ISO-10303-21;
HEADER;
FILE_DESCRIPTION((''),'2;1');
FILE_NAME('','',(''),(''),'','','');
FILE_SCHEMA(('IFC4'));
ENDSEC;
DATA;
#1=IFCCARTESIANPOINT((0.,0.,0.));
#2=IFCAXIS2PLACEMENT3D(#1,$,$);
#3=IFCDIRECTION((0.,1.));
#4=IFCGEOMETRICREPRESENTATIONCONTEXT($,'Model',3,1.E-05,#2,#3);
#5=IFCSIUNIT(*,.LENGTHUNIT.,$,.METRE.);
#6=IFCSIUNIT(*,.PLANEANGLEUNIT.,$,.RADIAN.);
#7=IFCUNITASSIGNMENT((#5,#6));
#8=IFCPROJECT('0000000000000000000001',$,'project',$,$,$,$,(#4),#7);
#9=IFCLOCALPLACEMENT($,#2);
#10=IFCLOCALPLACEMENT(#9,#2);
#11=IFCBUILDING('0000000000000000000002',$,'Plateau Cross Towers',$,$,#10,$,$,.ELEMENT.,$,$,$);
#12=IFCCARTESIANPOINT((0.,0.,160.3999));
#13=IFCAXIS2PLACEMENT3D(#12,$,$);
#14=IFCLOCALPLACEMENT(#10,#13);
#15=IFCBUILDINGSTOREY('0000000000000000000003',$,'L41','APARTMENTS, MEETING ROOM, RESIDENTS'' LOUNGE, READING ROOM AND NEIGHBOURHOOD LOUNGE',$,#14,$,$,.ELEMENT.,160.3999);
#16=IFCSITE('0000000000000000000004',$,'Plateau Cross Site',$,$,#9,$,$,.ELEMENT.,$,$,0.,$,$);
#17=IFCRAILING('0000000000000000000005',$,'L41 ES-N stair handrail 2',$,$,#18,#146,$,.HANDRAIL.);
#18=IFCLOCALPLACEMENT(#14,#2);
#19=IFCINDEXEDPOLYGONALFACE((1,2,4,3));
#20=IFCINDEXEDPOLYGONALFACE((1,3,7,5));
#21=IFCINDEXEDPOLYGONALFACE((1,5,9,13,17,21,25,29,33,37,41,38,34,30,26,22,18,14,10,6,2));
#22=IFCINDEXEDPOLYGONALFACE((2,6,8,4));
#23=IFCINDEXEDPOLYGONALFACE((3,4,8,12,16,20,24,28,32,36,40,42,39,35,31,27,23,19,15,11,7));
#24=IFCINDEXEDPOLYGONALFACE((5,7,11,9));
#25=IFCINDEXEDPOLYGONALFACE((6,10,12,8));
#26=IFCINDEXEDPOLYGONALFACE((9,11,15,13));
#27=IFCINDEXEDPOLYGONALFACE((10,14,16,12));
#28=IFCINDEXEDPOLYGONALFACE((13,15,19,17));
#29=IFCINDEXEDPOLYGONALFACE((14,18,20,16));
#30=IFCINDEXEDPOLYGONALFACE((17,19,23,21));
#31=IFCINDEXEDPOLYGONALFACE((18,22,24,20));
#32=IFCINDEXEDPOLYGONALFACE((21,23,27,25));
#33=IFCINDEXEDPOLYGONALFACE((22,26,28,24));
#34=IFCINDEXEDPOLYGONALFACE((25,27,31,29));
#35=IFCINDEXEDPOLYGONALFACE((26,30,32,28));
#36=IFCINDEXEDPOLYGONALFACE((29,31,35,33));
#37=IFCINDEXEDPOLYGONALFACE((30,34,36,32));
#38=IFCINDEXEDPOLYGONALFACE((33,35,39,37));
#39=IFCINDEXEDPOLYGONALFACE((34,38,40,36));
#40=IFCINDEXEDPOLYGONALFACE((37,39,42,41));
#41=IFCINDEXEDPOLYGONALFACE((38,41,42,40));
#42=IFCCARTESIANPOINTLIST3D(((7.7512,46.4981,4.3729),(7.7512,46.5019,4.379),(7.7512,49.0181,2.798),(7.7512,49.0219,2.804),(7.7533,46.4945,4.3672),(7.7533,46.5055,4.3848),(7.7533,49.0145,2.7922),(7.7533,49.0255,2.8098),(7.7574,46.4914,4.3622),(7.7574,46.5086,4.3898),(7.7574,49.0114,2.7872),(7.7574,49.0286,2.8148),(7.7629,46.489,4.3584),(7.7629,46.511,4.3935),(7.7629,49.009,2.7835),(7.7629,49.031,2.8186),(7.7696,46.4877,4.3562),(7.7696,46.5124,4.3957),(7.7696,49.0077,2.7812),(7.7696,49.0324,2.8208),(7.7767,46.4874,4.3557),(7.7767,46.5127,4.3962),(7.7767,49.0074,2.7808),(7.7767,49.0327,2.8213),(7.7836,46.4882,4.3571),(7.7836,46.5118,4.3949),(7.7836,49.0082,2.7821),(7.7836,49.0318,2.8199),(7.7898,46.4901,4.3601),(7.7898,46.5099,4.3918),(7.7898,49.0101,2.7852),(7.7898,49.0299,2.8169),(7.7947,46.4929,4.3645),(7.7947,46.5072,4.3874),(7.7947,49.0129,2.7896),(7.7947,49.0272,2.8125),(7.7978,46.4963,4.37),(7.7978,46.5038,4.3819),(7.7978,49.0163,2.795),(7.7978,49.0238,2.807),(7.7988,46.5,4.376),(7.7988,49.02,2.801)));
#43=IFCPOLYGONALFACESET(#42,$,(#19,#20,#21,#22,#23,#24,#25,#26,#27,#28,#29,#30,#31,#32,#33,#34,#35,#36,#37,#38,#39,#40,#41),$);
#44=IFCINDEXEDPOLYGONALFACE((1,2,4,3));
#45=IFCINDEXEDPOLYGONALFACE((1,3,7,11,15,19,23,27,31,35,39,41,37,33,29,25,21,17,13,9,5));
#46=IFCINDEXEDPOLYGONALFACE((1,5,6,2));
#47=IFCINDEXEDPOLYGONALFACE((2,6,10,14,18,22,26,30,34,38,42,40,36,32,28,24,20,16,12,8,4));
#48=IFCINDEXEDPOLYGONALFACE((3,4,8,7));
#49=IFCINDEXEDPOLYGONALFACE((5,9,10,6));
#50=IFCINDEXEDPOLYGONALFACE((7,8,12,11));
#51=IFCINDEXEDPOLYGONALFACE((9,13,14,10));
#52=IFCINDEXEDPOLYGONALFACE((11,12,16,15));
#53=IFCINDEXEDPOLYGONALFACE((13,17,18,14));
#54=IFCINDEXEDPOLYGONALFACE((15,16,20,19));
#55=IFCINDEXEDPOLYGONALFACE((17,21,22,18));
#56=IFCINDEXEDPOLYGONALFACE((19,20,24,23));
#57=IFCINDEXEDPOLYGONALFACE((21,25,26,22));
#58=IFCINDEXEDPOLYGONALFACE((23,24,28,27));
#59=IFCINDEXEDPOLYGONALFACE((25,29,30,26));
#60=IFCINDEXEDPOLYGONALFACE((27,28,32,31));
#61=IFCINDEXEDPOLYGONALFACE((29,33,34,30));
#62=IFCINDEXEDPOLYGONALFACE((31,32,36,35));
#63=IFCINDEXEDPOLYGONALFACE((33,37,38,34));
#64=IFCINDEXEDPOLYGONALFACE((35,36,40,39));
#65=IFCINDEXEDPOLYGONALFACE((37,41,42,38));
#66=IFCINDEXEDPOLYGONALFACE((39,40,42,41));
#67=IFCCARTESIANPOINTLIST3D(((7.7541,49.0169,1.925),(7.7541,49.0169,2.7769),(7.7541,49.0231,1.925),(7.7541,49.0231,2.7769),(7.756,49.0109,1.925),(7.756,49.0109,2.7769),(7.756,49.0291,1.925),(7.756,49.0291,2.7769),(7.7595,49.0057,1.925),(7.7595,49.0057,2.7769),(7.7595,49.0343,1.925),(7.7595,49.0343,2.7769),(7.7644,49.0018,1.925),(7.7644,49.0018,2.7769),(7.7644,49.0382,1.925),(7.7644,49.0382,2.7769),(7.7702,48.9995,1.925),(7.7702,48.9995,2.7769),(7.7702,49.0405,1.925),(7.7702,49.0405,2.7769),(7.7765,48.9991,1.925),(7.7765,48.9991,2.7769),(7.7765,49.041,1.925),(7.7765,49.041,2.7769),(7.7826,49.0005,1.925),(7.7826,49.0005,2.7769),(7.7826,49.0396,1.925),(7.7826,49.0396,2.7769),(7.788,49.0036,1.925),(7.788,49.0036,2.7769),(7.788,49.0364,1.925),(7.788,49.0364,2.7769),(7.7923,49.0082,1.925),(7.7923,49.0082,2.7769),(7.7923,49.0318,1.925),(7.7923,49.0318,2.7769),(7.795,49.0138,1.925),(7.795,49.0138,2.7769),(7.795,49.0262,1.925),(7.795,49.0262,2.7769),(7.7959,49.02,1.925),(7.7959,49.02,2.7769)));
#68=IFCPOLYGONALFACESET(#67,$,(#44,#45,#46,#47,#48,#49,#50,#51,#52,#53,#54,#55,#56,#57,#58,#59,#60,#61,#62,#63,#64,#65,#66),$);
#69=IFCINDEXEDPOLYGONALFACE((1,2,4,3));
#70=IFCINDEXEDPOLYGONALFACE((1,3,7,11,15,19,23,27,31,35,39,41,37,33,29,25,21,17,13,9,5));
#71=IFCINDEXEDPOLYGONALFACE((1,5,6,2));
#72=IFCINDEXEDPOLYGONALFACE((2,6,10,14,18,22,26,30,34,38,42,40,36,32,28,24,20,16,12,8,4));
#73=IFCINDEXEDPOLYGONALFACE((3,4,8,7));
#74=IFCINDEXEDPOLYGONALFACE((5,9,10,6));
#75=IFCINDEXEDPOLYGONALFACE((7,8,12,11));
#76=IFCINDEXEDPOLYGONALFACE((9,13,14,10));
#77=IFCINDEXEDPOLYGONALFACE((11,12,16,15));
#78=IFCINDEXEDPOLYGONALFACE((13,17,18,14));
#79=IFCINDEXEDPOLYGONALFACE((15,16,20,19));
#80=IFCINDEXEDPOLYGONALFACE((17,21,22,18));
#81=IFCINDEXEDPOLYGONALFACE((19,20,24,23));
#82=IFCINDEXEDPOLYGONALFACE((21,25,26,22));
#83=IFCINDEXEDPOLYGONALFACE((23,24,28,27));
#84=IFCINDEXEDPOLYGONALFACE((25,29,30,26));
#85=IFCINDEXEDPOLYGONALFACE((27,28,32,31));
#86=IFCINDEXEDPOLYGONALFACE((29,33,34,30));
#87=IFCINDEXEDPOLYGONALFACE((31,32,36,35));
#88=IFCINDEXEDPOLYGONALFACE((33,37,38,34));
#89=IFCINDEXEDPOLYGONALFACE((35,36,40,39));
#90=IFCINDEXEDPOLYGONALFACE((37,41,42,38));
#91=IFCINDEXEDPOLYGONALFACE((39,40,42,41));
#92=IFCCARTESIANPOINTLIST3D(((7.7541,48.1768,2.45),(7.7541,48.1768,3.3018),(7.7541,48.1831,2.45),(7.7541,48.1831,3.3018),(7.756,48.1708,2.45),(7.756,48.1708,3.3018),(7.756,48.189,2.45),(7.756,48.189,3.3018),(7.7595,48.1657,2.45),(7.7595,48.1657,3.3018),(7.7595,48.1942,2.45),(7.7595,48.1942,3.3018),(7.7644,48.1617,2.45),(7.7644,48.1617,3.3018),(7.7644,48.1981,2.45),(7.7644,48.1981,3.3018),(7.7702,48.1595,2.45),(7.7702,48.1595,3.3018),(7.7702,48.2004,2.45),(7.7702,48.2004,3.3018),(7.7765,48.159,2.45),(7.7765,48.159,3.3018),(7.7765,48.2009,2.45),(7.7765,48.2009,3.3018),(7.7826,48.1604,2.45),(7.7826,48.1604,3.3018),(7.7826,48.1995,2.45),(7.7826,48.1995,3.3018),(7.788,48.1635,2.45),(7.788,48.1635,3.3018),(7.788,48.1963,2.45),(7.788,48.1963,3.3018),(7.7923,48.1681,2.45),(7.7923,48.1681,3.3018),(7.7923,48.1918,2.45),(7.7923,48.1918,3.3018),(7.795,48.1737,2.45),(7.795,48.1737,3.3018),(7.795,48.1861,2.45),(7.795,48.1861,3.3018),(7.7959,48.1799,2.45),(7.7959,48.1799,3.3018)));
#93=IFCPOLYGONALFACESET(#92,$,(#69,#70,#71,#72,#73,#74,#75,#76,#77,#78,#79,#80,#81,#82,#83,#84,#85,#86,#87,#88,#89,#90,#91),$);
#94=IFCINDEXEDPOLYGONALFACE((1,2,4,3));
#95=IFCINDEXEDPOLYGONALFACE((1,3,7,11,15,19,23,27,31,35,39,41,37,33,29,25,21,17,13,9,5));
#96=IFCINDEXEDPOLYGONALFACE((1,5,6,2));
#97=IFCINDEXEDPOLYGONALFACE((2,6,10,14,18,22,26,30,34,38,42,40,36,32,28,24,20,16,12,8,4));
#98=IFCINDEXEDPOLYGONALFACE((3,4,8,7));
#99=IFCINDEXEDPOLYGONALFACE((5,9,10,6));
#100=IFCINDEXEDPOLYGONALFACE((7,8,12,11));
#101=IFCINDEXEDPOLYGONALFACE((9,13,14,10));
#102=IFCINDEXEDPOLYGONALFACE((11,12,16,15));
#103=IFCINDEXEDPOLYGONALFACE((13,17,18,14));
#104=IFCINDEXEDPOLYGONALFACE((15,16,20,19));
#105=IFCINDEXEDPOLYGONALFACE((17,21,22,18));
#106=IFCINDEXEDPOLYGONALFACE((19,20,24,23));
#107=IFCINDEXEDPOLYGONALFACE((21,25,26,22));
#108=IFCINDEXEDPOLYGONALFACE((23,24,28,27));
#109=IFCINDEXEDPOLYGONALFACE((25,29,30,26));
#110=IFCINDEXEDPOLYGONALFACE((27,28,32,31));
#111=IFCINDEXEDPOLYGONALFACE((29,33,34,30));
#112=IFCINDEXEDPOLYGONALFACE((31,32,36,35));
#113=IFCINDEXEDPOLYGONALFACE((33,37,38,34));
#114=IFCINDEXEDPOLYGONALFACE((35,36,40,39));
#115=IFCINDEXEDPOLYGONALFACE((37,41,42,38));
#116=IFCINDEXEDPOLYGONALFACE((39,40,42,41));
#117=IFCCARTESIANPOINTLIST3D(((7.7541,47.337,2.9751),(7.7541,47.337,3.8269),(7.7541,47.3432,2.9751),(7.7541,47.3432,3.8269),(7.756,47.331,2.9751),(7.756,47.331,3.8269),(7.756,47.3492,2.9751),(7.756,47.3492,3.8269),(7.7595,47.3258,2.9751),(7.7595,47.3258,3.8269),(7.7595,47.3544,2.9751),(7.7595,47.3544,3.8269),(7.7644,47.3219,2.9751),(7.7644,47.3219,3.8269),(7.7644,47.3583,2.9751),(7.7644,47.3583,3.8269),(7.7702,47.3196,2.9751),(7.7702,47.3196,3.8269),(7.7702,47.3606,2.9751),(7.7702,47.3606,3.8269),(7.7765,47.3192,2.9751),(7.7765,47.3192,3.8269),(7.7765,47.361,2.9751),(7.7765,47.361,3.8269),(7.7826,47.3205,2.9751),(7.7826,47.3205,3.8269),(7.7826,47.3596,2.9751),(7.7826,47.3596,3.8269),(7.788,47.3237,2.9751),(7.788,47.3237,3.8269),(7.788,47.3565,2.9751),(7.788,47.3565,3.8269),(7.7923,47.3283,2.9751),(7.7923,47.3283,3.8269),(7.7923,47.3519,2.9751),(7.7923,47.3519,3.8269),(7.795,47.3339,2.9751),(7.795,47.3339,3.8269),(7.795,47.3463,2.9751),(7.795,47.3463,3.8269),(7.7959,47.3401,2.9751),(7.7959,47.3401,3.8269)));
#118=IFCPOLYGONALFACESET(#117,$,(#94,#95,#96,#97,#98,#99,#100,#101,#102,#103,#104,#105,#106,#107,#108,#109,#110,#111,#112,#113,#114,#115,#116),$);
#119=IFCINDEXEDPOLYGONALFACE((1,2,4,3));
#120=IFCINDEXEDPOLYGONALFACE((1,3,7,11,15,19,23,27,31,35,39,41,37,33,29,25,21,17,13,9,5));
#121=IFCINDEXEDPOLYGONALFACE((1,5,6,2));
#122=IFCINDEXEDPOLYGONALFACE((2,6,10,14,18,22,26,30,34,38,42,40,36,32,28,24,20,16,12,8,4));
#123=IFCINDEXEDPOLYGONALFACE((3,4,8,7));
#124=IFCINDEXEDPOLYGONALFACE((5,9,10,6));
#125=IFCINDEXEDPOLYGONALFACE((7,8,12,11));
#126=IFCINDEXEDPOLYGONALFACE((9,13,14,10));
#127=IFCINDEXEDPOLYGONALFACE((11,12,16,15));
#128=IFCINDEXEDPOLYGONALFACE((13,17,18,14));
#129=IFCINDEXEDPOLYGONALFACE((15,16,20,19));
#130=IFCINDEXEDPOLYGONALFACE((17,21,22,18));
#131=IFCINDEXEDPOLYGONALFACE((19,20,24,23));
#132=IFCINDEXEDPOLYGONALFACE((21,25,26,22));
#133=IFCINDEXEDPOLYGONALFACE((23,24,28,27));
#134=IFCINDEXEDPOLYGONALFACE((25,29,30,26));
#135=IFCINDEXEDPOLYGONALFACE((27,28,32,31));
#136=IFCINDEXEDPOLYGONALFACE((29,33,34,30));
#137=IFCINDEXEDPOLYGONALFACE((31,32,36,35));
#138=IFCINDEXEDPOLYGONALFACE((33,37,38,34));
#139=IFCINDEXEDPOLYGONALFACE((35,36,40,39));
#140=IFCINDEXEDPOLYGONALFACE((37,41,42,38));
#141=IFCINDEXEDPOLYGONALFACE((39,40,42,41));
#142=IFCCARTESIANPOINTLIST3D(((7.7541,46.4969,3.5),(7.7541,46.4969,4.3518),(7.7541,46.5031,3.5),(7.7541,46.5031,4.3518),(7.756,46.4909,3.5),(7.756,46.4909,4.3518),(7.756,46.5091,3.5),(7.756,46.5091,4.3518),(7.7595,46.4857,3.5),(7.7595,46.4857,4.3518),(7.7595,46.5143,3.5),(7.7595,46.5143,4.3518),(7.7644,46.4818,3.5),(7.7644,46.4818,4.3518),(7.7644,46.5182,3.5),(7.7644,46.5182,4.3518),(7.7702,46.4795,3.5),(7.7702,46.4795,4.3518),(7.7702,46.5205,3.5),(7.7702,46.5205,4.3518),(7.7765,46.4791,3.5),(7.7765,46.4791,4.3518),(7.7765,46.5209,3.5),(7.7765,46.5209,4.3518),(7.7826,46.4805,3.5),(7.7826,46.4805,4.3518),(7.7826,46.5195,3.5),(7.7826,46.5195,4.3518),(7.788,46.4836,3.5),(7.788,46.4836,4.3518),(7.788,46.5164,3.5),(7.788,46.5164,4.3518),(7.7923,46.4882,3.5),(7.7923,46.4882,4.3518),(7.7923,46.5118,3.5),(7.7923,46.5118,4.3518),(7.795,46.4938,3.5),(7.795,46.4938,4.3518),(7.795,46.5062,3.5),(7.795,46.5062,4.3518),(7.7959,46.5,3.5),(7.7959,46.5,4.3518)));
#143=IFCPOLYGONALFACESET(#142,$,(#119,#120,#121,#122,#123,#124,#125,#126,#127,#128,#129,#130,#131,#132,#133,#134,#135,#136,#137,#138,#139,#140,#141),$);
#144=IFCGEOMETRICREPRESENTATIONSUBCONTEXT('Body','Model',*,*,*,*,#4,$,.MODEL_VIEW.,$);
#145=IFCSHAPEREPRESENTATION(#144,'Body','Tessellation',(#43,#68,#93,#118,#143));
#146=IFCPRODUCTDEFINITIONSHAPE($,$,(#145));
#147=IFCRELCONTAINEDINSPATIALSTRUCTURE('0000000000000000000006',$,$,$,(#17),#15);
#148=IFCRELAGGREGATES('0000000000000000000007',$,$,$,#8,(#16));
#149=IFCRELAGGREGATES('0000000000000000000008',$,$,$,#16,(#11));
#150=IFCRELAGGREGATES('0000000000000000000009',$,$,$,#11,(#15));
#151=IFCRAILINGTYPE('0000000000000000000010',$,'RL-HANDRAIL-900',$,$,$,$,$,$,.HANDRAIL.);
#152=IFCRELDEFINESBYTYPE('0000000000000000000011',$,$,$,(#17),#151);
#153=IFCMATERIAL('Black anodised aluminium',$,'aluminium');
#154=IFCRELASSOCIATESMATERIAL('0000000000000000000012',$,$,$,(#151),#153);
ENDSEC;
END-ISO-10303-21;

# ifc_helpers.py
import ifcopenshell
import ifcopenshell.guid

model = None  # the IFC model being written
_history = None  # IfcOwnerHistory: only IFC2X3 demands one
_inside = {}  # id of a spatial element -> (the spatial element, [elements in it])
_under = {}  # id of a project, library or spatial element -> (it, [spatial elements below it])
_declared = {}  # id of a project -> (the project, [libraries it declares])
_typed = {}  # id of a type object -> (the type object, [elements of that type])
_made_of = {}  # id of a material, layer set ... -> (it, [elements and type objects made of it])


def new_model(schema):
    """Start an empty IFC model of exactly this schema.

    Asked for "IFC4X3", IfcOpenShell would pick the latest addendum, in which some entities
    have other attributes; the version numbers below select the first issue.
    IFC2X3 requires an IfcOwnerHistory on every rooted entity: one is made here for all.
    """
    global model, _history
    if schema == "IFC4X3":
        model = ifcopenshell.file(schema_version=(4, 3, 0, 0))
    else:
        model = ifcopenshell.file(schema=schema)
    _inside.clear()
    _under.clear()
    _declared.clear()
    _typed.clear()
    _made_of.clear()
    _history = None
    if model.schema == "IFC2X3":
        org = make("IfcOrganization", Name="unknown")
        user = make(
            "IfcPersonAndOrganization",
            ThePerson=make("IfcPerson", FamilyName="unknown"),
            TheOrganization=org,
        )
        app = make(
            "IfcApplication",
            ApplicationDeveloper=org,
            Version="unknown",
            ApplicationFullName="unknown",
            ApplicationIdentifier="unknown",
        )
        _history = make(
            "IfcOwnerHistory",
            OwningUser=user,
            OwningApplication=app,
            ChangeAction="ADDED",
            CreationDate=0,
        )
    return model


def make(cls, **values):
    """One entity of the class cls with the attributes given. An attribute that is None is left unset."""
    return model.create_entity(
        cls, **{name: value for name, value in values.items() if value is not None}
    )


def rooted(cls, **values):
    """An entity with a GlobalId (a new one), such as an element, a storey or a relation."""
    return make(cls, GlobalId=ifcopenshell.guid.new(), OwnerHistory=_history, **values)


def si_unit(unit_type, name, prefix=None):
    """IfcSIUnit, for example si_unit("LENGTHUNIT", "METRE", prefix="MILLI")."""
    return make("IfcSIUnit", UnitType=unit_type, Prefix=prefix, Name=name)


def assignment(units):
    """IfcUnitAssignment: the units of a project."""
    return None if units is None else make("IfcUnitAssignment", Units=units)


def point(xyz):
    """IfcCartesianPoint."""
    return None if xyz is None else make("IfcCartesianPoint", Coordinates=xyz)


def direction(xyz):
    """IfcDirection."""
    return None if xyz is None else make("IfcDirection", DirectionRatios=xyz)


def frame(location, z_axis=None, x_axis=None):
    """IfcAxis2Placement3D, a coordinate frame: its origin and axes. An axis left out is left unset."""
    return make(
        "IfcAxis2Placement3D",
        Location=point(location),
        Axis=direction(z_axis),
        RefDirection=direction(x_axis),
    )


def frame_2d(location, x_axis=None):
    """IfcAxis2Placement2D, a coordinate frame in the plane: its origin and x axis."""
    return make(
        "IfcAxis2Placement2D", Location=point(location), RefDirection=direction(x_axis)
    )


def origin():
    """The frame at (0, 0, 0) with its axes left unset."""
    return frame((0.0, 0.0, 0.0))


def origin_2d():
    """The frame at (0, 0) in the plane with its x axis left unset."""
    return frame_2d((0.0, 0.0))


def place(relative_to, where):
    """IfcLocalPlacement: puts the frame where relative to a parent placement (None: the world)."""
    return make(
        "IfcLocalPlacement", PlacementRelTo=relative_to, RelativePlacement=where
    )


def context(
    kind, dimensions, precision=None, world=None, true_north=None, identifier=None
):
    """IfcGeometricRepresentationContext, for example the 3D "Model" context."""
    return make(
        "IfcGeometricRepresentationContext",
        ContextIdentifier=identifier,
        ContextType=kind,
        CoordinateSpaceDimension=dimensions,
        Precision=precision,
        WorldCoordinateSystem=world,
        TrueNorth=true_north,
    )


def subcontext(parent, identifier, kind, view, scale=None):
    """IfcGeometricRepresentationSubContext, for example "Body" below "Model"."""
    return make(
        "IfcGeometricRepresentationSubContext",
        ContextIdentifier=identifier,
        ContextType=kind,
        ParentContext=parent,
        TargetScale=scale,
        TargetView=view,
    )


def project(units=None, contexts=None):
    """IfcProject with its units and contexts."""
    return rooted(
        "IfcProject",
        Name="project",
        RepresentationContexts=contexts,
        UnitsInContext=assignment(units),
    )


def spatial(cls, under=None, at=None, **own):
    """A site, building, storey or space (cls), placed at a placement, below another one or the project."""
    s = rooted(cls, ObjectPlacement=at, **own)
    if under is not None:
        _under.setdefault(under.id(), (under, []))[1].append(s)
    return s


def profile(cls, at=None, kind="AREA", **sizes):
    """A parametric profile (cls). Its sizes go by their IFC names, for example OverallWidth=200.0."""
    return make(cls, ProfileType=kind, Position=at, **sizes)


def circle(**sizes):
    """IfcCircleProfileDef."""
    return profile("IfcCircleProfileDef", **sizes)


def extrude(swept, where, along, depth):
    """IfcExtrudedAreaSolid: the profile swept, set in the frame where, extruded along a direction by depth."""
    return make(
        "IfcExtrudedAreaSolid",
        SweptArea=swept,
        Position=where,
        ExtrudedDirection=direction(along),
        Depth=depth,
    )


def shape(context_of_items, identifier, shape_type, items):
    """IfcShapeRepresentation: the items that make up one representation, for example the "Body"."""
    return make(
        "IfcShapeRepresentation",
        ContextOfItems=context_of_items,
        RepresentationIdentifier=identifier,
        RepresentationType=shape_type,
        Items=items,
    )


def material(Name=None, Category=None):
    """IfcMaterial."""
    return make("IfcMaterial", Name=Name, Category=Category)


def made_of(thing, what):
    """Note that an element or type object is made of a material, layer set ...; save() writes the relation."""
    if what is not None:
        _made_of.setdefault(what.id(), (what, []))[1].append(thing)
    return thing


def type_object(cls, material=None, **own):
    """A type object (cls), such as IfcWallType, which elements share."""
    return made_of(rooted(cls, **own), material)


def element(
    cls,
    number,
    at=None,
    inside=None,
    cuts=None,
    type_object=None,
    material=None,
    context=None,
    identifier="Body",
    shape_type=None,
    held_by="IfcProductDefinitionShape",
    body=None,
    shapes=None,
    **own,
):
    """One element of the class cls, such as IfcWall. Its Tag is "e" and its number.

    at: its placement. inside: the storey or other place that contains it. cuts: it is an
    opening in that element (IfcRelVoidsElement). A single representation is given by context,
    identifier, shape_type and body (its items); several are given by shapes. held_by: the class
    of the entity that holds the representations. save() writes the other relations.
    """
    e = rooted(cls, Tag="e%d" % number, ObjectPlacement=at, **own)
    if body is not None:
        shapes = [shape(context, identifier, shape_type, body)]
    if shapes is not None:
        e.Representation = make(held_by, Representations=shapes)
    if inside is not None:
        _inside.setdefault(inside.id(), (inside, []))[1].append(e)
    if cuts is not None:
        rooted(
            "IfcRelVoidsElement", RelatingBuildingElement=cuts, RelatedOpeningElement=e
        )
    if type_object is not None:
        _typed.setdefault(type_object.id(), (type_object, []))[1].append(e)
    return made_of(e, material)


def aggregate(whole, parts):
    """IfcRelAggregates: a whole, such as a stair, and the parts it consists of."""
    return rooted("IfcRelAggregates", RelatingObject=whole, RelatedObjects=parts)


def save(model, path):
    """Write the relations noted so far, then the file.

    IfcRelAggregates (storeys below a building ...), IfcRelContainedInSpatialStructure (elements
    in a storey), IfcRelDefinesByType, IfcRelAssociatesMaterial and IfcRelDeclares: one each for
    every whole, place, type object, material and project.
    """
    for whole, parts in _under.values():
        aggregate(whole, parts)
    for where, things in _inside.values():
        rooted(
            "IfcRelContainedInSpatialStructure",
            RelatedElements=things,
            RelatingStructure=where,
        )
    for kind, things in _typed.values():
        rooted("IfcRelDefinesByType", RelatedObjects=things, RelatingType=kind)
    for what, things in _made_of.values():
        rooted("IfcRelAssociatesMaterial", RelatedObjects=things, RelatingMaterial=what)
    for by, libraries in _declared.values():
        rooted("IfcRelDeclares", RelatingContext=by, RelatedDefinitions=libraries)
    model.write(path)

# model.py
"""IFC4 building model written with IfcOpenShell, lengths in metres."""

from ifc_helpers import new_model, si_unit, direction, frame, origin, origin_2d, place, context, subcontext, project, spatial, circle, extrude, material, type_object, element, save


model = new_model("IFC4")

# Units and contexts
model_context = context("Model", 3, precision=1e-05, world=origin(), true_north=direction((0.0, 1.0)))
body_context = subcontext(model_context, "Body", "Model", "MODEL_VIEW")
ifc_project = project(units=[si_unit("LENGTHUNIT", "METRE"), si_unit("PLANEANGLEUNIT", "RADIAN")], contexts=[model_context])

# Site, building, storey
site_placement = place(None, origin())
site = spatial("IfcSite", under=ifc_project, at=site_placement, Name="Plateau Cross Site", CompositionType="ELEMENT", RefElevation=0.0)
building_placement = place(site_placement, origin())
building = spatial("IfcBuilding", under=site, at=building_placement, Name="Plateau Cross Towers", CompositionType="ELEMENT")
storey_placement = place(building_placement, frame((0.0, 0.0, 160.3999)))
storey = spatial("IfcBuildingStorey", under=building, at=storey_placement, Name="L41", Description="APARTMENTS, MEETING ROOM, RESIDENTS' LOUNGE, READING ROOM AND NEIGHBOURHOOD LOUNGE", CompositionType="ELEMENT", Elevation=160.3999)

# Shared definitions
ifc_material_1 = material(Name="Black anodised aluminium", Category="aluminium")

# Railing
railing_type_1 = type_object("IfcRailingType", Name="RL-HANDRAIL-900", PredefinedType="HANDRAIL", material=ifc_material_1)
railing_1_placement = place(storey_placement, frame((7.7749, 49.02, 1.925)))
element("IfcRailing", 1, at=railing_1_placement, inside=storey, type_object=railing_type_1, Name="L41 ES-N stair handrail 2", PredefinedType="HANDRAIL", context=body_context, shape_type="SweptSolid", body=[
    extrude(circle(Radius=0.0239, at=origin_2d()), frame((0.0, 0.0, 0.876), z_axis=(0.0, -0.848008, 0.529984), x_axis=(1.0, 0.0, 0.0)), (0.0, 0.0, 1.0), 2.9717),
    extrude(circle(Radius=0.021, at=origin_2d()), origin(), (0.0, 0.0, 1.0), 0.8518),
    extrude(circle(Radius=0.021, at=origin_2d()), frame((0.0, -0.8401, 0.5249)), (0.0, 0.0, 1.0), 0.8518),
    extrude(circle(Radius=0.021, at=origin_2d()), frame((0.0, -1.6799, 1.05)), (0.0, 0.0, 1.0), 0.8518),
    extrude(circle(Radius=0.021, at=origin_2d()), frame((0.0, -2.52, 1.575)), (0.0, 0.0, 1.0), 0.8518),
])

save(model, "model.ifc")
